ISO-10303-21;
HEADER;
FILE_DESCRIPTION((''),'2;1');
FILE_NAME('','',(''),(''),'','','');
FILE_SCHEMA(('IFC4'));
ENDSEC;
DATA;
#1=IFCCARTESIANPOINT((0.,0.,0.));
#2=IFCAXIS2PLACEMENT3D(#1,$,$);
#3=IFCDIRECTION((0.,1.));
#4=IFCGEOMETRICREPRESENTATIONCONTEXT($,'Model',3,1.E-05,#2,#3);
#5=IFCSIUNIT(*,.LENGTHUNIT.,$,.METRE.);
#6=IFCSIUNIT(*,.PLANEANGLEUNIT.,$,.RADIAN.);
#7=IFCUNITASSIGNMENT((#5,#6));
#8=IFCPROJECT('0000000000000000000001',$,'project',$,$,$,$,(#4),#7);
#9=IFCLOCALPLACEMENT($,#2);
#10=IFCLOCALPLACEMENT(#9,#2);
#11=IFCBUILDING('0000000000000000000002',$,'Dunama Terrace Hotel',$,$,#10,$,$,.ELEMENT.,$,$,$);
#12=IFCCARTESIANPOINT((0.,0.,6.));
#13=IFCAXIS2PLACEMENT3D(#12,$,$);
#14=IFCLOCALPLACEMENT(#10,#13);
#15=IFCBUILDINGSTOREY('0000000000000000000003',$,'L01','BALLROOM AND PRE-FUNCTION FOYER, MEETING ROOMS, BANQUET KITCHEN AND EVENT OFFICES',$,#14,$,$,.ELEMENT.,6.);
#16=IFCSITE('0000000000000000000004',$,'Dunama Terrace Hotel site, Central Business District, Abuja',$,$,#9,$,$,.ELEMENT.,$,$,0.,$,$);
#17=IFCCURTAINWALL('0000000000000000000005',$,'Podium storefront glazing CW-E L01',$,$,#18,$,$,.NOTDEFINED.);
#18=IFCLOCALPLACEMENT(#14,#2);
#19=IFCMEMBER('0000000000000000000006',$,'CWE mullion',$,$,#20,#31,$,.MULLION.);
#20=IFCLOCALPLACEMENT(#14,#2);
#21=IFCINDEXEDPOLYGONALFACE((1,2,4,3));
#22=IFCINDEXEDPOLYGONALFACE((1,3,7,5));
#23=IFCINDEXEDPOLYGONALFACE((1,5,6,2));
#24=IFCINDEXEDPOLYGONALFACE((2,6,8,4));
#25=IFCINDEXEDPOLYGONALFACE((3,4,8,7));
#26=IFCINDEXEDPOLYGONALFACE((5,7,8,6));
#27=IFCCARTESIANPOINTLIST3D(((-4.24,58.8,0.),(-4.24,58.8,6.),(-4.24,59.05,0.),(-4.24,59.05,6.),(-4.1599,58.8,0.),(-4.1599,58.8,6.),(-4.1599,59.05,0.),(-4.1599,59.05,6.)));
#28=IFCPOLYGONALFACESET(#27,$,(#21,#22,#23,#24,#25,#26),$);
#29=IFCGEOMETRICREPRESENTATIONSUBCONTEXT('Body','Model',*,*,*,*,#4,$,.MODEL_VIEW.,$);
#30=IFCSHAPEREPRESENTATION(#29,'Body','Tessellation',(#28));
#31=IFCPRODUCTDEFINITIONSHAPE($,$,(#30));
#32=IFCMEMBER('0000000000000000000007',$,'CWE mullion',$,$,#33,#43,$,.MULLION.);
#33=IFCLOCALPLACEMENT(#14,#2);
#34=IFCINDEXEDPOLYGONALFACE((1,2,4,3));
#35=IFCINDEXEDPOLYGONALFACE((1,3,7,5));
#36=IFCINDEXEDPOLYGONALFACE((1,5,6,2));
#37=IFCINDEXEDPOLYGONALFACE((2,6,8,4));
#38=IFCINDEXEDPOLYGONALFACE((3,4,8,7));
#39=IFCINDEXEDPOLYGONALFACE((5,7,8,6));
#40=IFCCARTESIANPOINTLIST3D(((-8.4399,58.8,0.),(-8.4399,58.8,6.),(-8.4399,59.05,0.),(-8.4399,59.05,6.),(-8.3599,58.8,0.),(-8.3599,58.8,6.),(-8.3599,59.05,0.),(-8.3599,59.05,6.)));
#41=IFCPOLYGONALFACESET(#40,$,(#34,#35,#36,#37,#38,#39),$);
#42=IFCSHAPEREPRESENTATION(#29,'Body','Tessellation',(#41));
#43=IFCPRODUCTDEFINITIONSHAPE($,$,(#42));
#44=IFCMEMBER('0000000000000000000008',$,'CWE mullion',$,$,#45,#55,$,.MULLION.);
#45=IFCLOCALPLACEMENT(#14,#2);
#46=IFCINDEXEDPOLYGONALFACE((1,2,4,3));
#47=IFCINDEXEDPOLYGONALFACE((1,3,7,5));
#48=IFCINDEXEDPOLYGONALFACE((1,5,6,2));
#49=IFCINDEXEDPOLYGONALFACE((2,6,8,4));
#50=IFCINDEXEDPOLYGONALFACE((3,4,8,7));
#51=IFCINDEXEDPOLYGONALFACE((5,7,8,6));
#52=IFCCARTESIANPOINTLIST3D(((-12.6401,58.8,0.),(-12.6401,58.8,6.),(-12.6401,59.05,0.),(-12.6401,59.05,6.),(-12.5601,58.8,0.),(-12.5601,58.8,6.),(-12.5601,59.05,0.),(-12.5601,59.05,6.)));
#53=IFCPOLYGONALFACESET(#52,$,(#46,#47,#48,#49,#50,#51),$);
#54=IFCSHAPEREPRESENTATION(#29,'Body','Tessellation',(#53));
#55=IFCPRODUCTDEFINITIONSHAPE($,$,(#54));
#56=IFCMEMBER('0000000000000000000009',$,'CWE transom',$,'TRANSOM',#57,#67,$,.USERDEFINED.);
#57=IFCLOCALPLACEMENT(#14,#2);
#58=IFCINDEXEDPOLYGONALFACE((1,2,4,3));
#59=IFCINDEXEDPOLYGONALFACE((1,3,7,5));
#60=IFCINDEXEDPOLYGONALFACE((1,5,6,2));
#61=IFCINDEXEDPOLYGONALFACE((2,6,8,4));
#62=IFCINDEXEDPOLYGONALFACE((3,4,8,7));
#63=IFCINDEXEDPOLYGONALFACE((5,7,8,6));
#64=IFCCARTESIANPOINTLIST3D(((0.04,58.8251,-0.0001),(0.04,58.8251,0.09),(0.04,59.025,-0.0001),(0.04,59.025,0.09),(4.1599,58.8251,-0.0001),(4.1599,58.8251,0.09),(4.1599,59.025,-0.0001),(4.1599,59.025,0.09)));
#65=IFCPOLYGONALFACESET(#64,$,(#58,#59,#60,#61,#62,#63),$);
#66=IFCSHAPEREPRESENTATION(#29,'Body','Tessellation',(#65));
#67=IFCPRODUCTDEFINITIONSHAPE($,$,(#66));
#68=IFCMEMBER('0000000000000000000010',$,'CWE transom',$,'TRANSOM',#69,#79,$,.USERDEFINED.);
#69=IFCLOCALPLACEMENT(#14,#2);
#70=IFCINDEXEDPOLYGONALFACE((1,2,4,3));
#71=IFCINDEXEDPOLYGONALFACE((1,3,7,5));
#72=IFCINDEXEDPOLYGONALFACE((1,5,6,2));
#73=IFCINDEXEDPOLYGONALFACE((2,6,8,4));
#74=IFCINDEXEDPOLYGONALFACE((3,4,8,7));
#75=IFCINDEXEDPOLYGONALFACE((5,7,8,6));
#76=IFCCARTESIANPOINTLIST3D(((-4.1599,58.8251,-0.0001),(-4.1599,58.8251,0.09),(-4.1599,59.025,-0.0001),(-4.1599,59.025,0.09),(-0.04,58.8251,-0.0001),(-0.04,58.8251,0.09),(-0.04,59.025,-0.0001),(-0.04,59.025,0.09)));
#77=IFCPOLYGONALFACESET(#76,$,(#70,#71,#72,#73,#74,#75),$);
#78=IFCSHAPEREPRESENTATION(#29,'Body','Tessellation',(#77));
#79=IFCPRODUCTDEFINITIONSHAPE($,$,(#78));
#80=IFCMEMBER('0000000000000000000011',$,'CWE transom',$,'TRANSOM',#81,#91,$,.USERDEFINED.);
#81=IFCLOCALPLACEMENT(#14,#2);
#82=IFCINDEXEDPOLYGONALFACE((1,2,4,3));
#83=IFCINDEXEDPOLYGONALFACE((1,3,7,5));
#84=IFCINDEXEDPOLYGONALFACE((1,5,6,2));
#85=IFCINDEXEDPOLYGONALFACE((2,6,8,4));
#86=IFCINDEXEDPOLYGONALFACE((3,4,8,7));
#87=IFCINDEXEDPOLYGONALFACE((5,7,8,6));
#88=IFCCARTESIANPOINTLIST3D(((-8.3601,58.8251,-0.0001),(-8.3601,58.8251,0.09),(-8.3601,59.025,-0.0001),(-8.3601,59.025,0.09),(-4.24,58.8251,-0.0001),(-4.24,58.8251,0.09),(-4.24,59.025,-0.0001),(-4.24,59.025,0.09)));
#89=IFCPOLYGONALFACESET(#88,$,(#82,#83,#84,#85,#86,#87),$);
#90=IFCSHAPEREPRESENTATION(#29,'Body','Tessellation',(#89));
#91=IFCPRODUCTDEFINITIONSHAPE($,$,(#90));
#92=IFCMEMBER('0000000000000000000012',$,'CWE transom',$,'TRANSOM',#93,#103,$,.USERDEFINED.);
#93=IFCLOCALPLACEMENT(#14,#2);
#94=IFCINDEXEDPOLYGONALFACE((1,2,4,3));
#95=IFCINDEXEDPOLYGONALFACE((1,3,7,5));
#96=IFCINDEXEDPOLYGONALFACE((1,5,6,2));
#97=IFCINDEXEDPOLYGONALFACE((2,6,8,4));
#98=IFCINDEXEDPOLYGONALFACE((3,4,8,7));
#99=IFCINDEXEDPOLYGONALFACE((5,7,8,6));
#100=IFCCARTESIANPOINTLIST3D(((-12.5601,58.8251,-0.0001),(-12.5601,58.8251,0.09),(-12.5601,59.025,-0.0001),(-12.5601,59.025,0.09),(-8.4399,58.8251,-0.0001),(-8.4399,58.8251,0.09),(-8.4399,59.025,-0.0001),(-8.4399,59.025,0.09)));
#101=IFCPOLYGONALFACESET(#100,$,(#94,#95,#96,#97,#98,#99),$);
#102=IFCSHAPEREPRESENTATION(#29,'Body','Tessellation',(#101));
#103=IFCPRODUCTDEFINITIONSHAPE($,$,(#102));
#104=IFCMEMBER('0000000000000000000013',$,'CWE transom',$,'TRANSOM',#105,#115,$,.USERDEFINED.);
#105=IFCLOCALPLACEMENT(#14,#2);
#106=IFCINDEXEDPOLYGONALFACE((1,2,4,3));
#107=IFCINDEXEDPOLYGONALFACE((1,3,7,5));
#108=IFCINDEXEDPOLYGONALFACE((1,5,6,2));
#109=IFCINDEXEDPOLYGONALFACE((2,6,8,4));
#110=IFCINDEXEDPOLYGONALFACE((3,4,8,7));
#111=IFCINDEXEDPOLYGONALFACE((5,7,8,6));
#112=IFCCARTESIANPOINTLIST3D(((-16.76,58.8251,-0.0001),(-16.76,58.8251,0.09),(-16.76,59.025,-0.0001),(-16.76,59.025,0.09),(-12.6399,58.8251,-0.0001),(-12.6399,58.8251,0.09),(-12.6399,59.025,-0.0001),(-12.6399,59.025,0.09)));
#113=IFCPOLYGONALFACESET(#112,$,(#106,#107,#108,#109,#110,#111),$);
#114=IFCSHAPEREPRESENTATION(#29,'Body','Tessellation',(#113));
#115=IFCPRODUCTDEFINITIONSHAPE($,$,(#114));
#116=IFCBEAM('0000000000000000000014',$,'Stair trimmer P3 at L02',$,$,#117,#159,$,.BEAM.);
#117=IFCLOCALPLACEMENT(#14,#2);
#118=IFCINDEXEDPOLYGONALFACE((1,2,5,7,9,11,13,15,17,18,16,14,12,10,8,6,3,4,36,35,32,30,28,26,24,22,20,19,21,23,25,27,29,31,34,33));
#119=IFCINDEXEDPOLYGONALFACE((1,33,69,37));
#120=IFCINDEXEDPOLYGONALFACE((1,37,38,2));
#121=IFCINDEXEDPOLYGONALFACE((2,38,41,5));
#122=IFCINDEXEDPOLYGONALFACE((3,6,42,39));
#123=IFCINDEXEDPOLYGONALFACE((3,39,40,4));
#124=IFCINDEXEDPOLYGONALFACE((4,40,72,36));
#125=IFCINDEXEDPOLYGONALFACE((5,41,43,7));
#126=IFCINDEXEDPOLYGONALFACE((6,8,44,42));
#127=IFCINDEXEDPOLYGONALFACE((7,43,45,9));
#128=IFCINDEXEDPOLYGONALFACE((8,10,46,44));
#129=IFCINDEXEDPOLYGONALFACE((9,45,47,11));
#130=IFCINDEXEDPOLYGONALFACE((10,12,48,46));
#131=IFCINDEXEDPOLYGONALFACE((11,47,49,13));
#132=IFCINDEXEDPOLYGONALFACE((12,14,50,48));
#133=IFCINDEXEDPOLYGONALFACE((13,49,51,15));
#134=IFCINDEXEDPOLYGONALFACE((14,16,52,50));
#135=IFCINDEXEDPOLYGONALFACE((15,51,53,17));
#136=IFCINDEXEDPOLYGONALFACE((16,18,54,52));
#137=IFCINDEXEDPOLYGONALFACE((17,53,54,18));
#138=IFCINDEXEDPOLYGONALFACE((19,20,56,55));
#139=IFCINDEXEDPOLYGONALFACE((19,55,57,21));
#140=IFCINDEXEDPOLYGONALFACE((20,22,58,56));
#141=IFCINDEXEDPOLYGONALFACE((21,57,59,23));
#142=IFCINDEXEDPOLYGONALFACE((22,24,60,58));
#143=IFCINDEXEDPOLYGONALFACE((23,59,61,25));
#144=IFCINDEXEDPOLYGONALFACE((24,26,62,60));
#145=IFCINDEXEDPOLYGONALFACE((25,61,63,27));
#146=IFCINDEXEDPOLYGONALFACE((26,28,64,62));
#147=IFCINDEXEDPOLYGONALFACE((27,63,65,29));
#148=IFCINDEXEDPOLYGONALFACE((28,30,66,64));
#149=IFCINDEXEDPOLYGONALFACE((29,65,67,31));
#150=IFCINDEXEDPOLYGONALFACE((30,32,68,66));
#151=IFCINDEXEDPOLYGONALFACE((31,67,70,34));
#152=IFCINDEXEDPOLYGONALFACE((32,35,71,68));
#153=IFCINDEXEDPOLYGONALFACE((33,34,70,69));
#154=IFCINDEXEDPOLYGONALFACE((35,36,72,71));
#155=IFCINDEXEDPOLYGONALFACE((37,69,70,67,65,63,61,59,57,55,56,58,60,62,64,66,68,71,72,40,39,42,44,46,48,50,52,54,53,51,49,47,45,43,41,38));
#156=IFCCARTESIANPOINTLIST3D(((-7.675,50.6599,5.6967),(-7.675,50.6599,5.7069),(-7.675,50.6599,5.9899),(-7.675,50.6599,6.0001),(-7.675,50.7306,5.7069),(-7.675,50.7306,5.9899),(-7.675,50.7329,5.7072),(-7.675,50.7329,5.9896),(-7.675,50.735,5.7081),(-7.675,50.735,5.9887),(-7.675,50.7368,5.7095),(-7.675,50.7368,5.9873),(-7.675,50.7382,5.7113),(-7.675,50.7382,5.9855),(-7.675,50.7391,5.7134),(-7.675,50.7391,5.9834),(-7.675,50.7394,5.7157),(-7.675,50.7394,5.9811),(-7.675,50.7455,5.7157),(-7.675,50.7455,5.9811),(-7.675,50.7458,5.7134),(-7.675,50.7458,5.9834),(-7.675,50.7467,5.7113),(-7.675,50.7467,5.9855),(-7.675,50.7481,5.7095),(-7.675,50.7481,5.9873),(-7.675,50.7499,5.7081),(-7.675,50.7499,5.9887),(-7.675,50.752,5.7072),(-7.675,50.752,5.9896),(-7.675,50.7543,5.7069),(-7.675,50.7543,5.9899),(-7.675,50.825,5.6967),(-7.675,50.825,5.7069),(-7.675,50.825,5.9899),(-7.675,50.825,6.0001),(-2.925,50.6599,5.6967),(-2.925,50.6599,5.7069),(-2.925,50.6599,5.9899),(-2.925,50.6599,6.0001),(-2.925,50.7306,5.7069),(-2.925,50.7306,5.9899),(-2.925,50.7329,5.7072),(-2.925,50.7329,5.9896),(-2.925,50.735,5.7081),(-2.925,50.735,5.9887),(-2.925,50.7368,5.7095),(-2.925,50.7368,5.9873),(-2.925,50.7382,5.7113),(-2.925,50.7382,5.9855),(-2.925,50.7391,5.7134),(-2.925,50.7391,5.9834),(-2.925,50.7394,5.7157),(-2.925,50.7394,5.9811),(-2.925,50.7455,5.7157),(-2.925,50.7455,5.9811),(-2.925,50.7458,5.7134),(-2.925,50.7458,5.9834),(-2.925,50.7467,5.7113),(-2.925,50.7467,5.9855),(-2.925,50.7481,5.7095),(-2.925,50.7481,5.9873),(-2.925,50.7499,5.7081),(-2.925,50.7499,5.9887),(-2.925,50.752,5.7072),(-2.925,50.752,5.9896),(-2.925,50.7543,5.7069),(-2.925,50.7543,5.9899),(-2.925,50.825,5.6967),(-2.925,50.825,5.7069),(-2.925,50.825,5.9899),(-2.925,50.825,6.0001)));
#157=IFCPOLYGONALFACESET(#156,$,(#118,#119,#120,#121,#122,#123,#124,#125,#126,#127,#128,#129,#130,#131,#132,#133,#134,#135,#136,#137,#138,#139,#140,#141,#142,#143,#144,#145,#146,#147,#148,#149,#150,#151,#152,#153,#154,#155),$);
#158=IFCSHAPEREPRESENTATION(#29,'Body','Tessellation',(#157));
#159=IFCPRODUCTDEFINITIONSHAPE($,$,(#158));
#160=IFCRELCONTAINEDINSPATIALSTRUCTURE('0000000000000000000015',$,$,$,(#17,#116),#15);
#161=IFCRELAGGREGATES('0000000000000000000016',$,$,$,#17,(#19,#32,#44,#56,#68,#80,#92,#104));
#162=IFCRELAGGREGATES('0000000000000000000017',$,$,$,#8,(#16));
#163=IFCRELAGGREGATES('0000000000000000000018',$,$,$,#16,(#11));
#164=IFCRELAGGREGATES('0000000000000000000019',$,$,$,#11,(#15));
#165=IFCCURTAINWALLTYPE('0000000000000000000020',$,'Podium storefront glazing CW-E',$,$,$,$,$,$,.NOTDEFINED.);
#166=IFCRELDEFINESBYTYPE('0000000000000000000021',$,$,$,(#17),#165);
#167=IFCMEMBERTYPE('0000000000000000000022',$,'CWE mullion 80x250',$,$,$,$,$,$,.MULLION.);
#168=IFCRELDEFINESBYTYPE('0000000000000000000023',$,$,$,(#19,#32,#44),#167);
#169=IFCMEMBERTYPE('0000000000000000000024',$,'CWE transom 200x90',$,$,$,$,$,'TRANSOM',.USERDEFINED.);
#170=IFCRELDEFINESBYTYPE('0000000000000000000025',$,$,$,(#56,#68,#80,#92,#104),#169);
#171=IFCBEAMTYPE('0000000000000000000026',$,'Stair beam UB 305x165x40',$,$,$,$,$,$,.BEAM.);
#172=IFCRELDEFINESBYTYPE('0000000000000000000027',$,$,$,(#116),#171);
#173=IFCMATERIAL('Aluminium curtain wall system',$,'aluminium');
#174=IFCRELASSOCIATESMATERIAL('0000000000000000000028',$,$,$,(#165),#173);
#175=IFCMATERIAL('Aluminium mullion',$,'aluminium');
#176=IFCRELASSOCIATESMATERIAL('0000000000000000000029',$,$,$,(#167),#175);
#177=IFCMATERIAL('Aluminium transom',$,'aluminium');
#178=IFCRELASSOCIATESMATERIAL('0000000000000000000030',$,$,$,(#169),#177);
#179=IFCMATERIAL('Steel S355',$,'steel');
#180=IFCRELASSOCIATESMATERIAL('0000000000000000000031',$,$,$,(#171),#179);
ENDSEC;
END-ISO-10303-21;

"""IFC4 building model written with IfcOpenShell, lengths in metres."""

from ifc_helpers import new_model, si_unit, direction, frame, origin, origin_2d, place, context, subcontext, project, spatial, rectangle, i_section, extrude, material, material_profile, profile_set, type_object, element, aggregate, save


model = new_model("IFC4")

# Units and contexts
model_context = context("Model", 3, precision=1e-05, world=origin(), true_north=direction((0.0, 1.0)))
body_context = subcontext(model_context, "Body", "Model", "MODEL_VIEW")
ifc_project = project(units=[si_unit("LENGTHUNIT", "METRE"), si_unit("PLANEANGLEUNIT", "RADIAN")], contexts=[model_context])

# Site, building, storey
site_placement = place(None, origin())
site = spatial("IfcSite", under=ifc_project, at=site_placement, Name="Dunama Terrace Hotel site, Central Business District, Abuja", CompositionType="ELEMENT", RefElevation=0.0)
building_placement = place(site_placement, origin())
building = spatial("IfcBuilding", under=site, at=building_placement, Name="Dunama Terrace Hotel", CompositionType="ELEMENT")
storey_placement = place(building_placement, frame((0.0, 0.0, 6.0)))
storey = spatial("IfcBuildingStorey", under=building, at=storey_placement, Name="L01", Description="BALLROOM AND PRE-FUNCTION FOYER, MEETING ROOMS, BANQUET KITCHEN AND EVENT OFFICES", CompositionType="ELEMENT", Elevation=6.0)

# Curtain wall, members
ifc_material_1 = material(Name="Aluminium curtain wall system", Category="aluminium")
curtain_wall_type = type_object("IfcCurtainWallType", Name="Podium storefront glazing CW-E", PredefinedType="NOTDEFINED", material=ifc_material_1)
curtain_wall_placement = place(storey_placement, origin())
curtain_wall = element("IfcCurtainWall", 1, at=curtain_wall_placement, inside=storey, type_object=curtain_wall_type, Name="Podium storefront glazing CW-E L01", PredefinedType="NOTDEFINED")
ifc_material_2 = material(Name="Aluminium mullion", Category="aluminium")
ifc_material_profile_1 = material_profile(ifc_material_2, rectangle(XDim=0.0801, YDim=0.25, at=origin_2d()), Name="CWE MULLION 80X250")
ifc_profile_set_1 = profile_set([ifc_material_profile_1], Name="Aluminium mullion")
member_type_1 = type_object("IfcMemberType", Name="CWE mullion 80x250", PredefinedType="MULLION", material=ifc_profile_set_1)
member_1_placement = place(storey_placement, frame((-4.2, 58.925, 0.0), z_axis=(0.0, 0.0, 1.0), x_axis=(-1.0, 0.0, 0.0)))
member_1 = element("IfcMember", 2, at=member_1_placement, type_object=member_type_1, Name="CWE mullion", PredefinedType="MULLION", context=body_context, shape_type="SweptSolid", body=[
    extrude(rectangle(XDim=0.0801, YDim=0.25, at=origin_2d()), origin(), (0.0, 0.0, 1.0), 6.0),
])
member_2_placement = place(storey_placement, frame((-8.3999, 58.925, 0.0), z_axis=(0.0, 0.0, 1.0), x_axis=(-1.0, 0.0, 0.0)))
member_2 = element("IfcMember", 3, at=member_2_placement, type_object=member_type_1, Name="CWE mullion", PredefinedType="MULLION", context=body_context, shape_type="SweptSolid", body=[
    extrude(rectangle(XDim=0.0801, YDim=0.25, at=origin_2d()), origin(), (0.0, 0.0, 1.0), 6.0),
])
member_3_placement = place(storey_placement, frame((-12.6001, 58.925, 0.0), z_axis=(0.0, 0.0, 1.0), x_axis=(-1.0, 0.0, 0.0)))
member_3 = element("IfcMember", 4, at=member_3_placement, type_object=member_type_1, Name="CWE mullion", PredefinedType="MULLION", context=body_context, shape_type="SweptSolid", body=[
    extrude(rectangle(XDim=0.0801, YDim=0.25, at=origin_2d()), origin(), (0.0, 0.0, 1.0), 6.0),
])
ifc_material_3 = material(Name="Aluminium transom", Category="aluminium")
ifc_material_profile_2 = material_profile(ifc_material_3, rectangle(XDim=0.2, YDim=0.0901, at=origin_2d()), Name="CWE TRANSOM 200X90")
ifc_profile_set_2 = profile_set([ifc_material_profile_2], Name="Aluminium transom")
member_type_2 = type_object("IfcMemberType", Name="CWE transom 200x90", ElementType="TRANSOM", PredefinedType="USERDEFINED", material=ifc_profile_set_2)
member_4_placement = place(storey_placement, frame((4.1599, 58.925, 0.0449), z_axis=(-1.0, 0.0, 0.0), x_axis=(0.0, -1.0, 0.0)))
member_4 = element("IfcMember", 5, at=member_4_placement, type_object=member_type_2, Name="CWE transom", ObjectType="TRANSOM", PredefinedType="USERDEFINED", context=body_context, shape_type="SweptSolid", body=[
    extrude(rectangle(XDim=0.2, YDim=0.0901, at=origin_2d()), origin(), (0.0, 0.0, 1.0), 4.1199),
])
member_5_placement = place(storey_placement, frame((-0.04, 58.925, 0.0449), z_axis=(-1.0, 0.0, 0.0), x_axis=(0.0, -1.0, 0.0)))
member_5 = element("IfcMember", 6, at=member_5_placement, type_object=member_type_2, Name="CWE transom", ObjectType="TRANSOM", PredefinedType="USERDEFINED", context=body_context, shape_type="SweptSolid", body=[
    extrude(rectangle(XDim=0.2, YDim=0.0901, at=origin_2d()), origin(), (0.0, 0.0, 1.0), 4.1199),
])
member_6_placement = place(storey_placement, frame((-4.24, 58.925, 0.0449), z_axis=(-1.0, 0.0, 0.0), x_axis=(0.0, -1.0, 0.0)))
member_6 = element("IfcMember", 7, at=member_6_placement, type_object=member_type_2, Name="CWE transom", ObjectType="TRANSOM", PredefinedType="USERDEFINED", context=body_context, shape_type="SweptSolid", body=[
    extrude(rectangle(XDim=0.2, YDim=0.0901, at=origin_2d()), origin(), (0.0, 0.0, 1.0), 4.1201),
])
member_7_placement = place(storey_placement, frame((-8.4399, 58.925, 0.0449), z_axis=(-1.0, 0.0, 0.0), x_axis=(0.0, -1.0, 0.0)))
member_7 = element("IfcMember", 8, at=member_7_placement, type_object=member_type_2, Name="CWE transom", ObjectType="TRANSOM", PredefinedType="USERDEFINED", context=body_context, shape_type="SweptSolid", body=[
    extrude(rectangle(XDim=0.2, YDim=0.0901, at=origin_2d()), origin(), (0.0, 0.0, 1.0), 4.1201),
])
member_8_placement = place(storey_placement, frame((-12.6399, 58.925, 0.0449), z_axis=(-1.0, 0.0, 0.0), x_axis=(0.0, -1.0, 0.0)))
member_8 = element("IfcMember", 9, at=member_8_placement, type_object=member_type_2, Name="CWE transom", ObjectType="TRANSOM", PredefinedType="USERDEFINED", context=body_context, shape_type="SweptSolid", body=[
    extrude(rectangle(XDim=0.2, YDim=0.0901, at=origin_2d()), origin(), (0.0, 0.0, 1.0), 4.1201),
])

# Beam
ifc_material_4 = material(Name="Steel S355", Category="steel")
ifc_material_profile_3 = material_profile(ifc_material_4, i_section(OverallWidth=0.165, OverallDepth=0.3035, WebThickness=0.0061, FlangeThickness=0.0103, FilletRadius=0.0088, at=origin_2d()), Name="UB 305x165x40")
ifc_profile_set_3 = profile_set([ifc_material_profile_3], Name="Steel S355")
beam_type = type_object("IfcBeamType", Name="Stair beam UB 305x165x40", PredefinedType="BEAM", material=ifc_profile_set_3)
for number, where, z_axis, x_axis, name in (
    (10, (-7.675, 50.7424, 5.8484), (1.0, 0.0, 0.0), (0.0, 1.0, 0.0), "Stair trimmer P3 at L02"),
):
    element("IfcBeam", number, at=place(storey_placement, frame(where, z_axis=z_axis, x_axis=x_axis)), inside=storey, type_object=beam_type, Name=name, PredefinedType="BEAM", context=body_context, shape_type="SweptSolid", body=[
        extrude(i_section(OverallWidth=0.165, OverallDepth=0.3035, WebThickness=0.0061, FlangeThickness=0.0103, FilletRadius=0.0088, at=origin_2d()), origin(), (0.0, 0.0, 1.0), 4.75),
    ])

aggregate(curtain_wall, [member_1, member_2, member_3, member_4, member_5, member_6, member_7, member_8])

save(model, "model.ifc")
